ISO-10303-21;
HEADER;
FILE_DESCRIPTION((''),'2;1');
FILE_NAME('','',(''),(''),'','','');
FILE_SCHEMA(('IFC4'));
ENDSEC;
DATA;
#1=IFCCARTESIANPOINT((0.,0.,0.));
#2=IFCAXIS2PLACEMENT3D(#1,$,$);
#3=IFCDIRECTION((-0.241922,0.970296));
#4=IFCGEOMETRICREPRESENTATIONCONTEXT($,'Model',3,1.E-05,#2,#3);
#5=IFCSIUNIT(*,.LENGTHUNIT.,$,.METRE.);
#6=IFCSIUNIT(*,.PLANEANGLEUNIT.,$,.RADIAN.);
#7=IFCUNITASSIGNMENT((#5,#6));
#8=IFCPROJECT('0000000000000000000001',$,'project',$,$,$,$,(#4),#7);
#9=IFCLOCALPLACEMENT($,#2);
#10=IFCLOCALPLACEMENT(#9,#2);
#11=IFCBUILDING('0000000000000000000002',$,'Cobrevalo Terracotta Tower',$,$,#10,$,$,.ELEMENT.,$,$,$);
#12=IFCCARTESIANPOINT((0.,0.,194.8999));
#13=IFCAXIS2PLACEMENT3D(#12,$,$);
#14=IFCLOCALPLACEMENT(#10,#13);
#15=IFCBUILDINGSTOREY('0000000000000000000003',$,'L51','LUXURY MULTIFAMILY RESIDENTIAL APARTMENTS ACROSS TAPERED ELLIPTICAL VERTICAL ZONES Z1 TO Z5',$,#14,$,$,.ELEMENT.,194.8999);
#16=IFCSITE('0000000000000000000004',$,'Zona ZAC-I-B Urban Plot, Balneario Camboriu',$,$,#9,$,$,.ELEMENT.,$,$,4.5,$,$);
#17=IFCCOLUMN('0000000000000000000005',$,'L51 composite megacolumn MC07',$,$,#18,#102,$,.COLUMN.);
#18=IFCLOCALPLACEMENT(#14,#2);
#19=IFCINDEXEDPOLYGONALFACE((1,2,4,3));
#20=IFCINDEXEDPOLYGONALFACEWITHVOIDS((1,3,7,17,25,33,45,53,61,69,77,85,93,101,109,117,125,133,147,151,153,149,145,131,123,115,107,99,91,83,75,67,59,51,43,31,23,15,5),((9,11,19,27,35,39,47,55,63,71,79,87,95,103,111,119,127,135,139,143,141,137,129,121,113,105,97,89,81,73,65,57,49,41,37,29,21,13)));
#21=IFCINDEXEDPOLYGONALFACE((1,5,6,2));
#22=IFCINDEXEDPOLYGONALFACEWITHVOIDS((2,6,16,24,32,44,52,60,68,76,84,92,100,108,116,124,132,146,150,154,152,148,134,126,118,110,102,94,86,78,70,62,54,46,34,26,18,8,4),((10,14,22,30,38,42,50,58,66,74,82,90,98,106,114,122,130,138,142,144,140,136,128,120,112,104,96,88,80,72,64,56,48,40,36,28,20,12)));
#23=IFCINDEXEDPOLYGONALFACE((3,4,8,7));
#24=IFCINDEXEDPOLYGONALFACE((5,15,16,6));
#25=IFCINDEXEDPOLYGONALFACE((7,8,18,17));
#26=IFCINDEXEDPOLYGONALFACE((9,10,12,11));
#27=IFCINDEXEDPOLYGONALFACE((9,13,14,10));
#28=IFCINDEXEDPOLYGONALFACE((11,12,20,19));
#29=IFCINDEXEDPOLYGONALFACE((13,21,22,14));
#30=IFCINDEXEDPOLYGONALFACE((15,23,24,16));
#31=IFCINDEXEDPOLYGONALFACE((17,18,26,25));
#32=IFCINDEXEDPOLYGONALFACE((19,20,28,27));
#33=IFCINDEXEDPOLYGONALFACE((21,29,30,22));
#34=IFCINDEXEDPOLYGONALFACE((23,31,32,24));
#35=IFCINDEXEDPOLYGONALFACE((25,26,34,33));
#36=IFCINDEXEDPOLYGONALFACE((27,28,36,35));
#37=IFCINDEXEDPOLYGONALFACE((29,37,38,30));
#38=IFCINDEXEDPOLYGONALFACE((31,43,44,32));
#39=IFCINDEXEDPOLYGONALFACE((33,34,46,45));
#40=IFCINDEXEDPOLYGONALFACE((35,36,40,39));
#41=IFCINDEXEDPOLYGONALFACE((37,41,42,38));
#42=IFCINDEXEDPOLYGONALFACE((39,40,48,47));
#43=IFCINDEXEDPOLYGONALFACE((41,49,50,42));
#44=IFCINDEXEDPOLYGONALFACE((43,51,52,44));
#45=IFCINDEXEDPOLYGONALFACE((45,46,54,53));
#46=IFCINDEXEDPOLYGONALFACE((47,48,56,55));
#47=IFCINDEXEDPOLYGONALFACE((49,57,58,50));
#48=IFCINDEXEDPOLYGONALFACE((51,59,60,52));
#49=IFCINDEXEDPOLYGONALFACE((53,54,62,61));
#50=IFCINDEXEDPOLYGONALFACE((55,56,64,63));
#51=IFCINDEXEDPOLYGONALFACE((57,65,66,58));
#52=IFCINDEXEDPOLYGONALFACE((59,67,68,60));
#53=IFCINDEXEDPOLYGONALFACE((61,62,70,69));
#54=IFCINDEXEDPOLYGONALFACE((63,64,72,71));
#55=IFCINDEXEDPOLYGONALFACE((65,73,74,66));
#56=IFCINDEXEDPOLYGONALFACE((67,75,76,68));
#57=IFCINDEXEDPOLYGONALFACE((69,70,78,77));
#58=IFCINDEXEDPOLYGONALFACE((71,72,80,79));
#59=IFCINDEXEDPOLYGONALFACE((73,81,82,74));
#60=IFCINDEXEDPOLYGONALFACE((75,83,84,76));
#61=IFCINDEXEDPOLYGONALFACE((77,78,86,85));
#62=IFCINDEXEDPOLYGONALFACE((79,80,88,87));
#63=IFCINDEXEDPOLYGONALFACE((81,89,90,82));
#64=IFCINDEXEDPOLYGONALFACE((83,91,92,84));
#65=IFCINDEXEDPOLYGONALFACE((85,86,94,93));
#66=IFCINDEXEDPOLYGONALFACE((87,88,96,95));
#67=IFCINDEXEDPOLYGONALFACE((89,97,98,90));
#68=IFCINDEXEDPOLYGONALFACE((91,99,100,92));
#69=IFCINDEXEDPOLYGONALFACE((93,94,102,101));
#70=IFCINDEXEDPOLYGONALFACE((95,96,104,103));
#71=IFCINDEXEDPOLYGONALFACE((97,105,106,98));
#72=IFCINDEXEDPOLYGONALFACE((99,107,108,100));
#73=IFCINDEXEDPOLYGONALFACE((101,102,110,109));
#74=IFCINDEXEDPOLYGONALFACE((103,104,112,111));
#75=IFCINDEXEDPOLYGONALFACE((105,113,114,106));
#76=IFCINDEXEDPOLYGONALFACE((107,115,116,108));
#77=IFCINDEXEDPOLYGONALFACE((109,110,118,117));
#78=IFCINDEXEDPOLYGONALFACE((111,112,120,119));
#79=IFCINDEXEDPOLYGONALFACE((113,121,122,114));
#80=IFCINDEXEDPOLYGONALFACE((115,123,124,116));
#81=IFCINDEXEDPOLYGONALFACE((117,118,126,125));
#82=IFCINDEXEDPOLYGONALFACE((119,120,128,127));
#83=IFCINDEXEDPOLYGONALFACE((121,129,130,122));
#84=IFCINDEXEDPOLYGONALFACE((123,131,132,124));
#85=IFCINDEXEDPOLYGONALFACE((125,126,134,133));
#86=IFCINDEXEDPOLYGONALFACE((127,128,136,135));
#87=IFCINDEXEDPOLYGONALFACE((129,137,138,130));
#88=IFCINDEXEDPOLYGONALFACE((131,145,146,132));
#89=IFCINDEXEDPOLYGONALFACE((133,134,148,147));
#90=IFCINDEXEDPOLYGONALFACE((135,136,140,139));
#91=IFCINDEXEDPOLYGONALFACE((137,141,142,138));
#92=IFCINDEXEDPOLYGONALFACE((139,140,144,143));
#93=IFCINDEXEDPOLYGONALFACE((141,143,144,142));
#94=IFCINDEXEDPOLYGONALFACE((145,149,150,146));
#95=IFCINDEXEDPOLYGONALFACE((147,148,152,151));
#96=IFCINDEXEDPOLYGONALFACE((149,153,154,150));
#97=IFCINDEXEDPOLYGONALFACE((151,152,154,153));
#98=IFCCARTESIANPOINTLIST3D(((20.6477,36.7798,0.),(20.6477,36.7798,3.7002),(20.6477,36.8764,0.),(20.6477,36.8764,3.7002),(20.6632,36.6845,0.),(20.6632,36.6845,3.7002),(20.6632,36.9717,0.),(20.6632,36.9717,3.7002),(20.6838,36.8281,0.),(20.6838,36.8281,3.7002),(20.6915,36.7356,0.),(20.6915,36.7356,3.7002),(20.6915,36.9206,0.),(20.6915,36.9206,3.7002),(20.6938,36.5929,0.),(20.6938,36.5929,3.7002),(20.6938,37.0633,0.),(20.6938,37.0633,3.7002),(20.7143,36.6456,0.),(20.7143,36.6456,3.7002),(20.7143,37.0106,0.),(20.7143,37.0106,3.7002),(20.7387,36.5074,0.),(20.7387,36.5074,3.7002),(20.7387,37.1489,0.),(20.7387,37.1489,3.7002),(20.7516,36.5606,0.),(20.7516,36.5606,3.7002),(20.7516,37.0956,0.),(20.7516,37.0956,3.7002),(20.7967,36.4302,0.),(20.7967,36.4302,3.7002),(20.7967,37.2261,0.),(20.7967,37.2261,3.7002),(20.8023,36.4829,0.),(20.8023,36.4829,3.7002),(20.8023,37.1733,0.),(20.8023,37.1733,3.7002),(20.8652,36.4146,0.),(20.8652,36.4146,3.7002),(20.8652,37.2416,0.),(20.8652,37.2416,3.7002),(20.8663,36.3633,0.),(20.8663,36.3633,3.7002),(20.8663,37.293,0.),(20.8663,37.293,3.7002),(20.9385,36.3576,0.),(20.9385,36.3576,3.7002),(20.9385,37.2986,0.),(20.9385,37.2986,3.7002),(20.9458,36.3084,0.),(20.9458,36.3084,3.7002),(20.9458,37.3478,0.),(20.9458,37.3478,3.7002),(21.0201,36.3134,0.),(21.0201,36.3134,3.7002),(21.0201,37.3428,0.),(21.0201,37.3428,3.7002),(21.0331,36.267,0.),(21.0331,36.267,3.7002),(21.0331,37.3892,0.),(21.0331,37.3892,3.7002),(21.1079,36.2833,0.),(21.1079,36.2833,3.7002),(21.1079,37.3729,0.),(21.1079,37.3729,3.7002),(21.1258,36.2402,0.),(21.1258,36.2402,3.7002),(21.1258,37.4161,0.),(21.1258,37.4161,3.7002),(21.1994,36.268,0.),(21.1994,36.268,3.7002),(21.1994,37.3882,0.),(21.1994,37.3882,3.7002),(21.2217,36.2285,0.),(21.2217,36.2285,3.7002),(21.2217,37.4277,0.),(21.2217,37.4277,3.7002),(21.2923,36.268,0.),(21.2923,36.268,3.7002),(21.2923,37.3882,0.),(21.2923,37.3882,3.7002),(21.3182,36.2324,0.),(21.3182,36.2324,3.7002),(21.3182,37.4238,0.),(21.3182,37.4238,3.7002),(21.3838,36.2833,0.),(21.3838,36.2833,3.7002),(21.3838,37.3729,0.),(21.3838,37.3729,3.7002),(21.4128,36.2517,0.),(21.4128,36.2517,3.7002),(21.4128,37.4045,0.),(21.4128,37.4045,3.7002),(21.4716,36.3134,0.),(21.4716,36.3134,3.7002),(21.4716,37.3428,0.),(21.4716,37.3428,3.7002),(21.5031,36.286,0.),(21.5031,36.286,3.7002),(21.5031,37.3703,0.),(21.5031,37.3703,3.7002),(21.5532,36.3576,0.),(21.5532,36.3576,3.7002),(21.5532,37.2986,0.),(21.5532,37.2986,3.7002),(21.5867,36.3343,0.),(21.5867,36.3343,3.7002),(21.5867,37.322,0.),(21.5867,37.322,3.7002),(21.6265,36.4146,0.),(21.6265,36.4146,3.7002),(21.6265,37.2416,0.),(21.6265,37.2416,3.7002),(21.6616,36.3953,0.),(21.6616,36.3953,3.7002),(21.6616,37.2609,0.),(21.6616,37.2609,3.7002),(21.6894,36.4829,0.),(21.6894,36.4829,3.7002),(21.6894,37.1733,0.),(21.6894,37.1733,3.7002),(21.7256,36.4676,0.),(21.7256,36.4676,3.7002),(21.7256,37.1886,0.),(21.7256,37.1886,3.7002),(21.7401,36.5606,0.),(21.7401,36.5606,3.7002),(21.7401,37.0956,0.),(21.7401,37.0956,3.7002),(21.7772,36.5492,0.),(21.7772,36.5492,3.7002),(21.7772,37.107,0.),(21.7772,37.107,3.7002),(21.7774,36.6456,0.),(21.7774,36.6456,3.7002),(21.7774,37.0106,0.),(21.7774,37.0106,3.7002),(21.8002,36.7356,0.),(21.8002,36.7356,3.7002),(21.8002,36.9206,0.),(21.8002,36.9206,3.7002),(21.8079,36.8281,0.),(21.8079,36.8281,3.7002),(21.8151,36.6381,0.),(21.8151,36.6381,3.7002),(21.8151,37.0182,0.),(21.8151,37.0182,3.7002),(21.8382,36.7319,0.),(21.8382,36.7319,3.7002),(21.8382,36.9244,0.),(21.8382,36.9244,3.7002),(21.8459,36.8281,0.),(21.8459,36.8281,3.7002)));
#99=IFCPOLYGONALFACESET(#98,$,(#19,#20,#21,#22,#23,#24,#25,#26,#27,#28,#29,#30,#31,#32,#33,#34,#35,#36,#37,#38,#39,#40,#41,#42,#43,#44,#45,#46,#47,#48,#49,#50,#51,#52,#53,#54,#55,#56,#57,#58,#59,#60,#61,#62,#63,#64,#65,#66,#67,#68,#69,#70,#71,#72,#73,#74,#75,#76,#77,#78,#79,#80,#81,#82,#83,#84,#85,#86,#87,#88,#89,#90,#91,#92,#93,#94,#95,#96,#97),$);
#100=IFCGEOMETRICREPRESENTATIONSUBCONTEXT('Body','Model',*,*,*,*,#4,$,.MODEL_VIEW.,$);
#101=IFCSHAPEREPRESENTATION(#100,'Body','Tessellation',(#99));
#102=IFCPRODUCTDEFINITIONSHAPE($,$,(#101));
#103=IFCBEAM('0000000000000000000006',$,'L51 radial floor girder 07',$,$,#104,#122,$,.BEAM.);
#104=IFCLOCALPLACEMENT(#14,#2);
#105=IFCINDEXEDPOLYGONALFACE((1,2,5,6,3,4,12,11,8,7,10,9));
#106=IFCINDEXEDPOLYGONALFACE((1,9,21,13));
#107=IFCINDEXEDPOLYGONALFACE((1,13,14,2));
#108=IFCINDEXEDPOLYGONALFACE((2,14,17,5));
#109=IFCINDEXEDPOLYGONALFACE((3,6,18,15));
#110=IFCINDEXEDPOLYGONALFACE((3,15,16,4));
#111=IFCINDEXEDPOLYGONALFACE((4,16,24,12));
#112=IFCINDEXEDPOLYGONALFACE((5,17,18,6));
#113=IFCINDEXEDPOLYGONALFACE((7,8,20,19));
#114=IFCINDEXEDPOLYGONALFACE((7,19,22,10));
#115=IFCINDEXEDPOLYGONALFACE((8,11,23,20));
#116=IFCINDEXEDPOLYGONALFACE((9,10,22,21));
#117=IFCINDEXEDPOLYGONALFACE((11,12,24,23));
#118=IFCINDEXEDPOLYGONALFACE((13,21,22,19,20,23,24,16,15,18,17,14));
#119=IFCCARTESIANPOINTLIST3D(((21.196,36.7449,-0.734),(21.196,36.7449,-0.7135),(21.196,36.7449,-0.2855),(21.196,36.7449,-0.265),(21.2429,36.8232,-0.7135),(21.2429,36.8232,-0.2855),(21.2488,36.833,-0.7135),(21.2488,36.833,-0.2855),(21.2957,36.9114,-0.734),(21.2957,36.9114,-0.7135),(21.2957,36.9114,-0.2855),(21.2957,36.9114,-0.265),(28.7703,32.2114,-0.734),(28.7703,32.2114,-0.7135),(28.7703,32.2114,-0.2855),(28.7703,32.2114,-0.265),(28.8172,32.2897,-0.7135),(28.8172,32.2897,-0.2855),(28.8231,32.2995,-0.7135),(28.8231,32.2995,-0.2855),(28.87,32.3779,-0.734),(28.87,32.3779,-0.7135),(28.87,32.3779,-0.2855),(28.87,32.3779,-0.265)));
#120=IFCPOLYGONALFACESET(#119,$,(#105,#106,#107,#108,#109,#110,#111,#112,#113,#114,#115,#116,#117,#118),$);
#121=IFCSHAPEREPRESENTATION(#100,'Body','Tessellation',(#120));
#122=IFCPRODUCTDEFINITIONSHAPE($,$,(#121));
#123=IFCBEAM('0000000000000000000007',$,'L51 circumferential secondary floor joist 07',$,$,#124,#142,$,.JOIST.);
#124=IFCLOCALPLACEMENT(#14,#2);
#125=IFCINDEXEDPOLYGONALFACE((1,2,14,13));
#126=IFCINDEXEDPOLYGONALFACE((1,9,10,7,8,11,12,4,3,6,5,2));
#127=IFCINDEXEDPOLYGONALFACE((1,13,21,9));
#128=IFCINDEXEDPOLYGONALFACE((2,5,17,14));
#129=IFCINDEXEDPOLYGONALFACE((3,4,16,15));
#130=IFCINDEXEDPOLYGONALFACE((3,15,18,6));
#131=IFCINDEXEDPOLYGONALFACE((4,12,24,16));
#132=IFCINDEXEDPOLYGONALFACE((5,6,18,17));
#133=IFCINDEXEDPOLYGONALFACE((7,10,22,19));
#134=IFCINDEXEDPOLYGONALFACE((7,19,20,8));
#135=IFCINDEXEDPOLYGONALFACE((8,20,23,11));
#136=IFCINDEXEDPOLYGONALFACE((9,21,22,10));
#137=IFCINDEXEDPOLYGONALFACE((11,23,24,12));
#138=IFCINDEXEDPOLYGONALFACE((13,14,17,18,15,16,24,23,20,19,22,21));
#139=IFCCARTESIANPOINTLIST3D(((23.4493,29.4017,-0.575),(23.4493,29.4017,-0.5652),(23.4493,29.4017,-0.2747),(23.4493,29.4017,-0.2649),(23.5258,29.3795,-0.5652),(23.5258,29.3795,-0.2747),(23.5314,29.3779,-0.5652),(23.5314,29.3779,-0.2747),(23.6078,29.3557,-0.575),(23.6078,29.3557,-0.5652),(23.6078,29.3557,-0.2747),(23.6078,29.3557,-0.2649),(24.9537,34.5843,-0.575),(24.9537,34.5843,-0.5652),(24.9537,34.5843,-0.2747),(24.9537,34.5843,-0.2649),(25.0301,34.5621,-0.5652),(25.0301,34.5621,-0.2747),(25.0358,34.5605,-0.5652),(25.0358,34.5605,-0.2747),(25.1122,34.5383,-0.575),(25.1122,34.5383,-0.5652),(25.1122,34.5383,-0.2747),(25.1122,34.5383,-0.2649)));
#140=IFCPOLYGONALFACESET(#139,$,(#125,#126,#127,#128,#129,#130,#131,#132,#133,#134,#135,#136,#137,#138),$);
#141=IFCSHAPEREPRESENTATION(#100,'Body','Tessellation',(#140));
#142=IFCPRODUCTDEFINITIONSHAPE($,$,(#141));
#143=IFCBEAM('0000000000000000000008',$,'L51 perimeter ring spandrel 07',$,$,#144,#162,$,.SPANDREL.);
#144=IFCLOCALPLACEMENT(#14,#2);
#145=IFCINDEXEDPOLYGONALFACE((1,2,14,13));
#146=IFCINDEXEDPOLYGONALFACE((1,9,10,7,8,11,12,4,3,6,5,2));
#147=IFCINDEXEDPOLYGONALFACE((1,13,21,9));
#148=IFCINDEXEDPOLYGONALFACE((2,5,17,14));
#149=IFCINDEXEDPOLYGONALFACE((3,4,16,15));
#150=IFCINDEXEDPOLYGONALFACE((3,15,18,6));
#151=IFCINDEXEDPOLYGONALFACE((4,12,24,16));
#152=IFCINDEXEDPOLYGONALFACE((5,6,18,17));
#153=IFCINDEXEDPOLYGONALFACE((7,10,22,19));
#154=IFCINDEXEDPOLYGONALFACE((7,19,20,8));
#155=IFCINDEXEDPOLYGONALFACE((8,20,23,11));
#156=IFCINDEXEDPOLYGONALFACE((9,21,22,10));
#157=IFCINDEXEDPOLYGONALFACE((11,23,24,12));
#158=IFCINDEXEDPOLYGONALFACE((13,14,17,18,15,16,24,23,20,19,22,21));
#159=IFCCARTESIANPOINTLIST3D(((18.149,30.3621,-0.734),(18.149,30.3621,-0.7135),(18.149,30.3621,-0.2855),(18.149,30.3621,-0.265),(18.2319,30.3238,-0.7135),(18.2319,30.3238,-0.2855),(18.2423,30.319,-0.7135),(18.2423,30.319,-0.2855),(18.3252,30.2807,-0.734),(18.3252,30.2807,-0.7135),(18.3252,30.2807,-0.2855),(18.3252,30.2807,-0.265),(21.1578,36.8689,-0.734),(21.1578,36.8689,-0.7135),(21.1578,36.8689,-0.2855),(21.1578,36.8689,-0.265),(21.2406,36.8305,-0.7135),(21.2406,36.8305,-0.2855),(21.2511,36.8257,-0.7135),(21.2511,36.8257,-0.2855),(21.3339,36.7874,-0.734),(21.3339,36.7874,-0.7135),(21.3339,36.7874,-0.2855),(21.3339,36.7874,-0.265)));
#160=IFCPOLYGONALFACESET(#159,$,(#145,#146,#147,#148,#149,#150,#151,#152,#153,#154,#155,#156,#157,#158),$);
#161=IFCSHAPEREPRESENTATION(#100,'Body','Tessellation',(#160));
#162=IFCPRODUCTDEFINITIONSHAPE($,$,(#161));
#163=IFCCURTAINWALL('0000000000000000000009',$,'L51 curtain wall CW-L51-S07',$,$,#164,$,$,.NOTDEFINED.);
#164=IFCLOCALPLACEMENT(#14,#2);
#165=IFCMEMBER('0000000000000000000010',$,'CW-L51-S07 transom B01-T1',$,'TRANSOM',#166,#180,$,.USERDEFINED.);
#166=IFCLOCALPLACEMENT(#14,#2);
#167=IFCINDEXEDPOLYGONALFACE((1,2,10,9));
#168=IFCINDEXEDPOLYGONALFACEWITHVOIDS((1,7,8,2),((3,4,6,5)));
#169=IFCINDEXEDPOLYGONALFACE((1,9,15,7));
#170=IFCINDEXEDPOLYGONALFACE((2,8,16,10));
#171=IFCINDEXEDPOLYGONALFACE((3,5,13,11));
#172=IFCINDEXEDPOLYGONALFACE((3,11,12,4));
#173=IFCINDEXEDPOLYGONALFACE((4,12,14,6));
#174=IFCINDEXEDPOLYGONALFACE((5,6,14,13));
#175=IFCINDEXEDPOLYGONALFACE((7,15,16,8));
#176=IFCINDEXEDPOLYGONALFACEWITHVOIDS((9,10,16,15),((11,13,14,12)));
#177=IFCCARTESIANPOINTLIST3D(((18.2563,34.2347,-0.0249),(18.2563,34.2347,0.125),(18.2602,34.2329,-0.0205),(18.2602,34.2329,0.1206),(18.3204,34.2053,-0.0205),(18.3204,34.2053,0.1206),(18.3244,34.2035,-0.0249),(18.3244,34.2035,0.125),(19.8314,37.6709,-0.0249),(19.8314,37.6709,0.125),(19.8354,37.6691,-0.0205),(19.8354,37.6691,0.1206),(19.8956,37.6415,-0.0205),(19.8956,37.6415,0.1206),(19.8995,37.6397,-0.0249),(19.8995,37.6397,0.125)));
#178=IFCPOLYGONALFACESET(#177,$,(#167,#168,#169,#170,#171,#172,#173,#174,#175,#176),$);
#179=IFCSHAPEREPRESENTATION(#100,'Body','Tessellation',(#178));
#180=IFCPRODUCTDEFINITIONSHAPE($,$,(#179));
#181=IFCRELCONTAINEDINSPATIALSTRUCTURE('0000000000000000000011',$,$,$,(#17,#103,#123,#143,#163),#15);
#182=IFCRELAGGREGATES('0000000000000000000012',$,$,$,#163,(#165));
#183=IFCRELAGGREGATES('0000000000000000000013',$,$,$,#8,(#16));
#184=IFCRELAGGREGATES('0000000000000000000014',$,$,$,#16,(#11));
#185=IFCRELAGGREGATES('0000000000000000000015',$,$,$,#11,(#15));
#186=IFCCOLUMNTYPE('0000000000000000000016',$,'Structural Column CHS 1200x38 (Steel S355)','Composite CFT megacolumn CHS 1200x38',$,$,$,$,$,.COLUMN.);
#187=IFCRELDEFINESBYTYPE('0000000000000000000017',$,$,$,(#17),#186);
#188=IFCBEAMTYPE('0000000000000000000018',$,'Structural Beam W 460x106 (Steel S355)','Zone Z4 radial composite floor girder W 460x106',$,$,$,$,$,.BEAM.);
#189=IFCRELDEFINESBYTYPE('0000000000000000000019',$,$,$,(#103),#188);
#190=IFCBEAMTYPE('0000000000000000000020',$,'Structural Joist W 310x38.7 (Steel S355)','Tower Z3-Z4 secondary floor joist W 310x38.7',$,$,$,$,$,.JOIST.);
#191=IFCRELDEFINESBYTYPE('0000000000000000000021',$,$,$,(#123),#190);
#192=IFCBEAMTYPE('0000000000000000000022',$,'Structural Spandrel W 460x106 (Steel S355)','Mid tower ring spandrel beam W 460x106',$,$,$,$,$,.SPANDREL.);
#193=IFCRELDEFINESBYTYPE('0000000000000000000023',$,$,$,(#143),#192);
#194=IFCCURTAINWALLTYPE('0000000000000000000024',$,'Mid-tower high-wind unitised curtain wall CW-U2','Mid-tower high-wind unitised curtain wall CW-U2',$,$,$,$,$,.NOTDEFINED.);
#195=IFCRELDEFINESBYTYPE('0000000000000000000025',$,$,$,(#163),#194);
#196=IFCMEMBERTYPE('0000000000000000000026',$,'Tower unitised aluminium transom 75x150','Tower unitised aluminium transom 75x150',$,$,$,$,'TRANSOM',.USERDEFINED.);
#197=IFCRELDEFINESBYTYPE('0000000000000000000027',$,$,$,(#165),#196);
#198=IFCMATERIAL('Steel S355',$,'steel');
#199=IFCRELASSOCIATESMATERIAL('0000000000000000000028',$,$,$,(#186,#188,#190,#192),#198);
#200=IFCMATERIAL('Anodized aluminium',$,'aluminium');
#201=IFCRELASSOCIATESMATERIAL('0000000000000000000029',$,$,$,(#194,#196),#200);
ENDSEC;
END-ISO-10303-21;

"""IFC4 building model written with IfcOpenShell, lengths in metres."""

from ifc_helpers import new_model, si_unit, direction, frame, origin, origin_2d, place, context, subcontext, project, spatial, hollow_rectangle, hollow_circle, i_section, extrude, source, transform, mapped, material, material_profile, profile_set, type_object, element, aggregate, save


model = new_model("IFC4")

# Units and contexts
model_context = context("Model", 3, precision=1e-05, world=origin(), true_north=direction((-0.241922, 0.970296)))
body_context = subcontext(model_context, "Body", "Model", "MODEL_VIEW")
ifc_project = project(units=[si_unit("LENGTHUNIT", "METRE"), si_unit("PLANEANGLEUNIT", "RADIAN")], contexts=[model_context])

# Site, building, storey
site_placement = place(None, origin())
site = spatial("IfcSite", under=ifc_project, at=site_placement, Name="Zona ZAC-I-B Urban Plot, Balneario Camboriu", CompositionType="ELEMENT", RefElevation=4.5)
building_placement = place(site_placement, origin())
building = spatial("IfcBuilding", under=site, at=building_placement, Name="Cobrevalo Terracotta Tower", CompositionType="ELEMENT")
storey_placement = place(building_placement, frame((0.0, 0.0, 194.8999)))
storey = spatial("IfcBuildingStorey", under=building, at=storey_placement, Name="L51", Description="LUXURY MULTIFAMILY RESIDENTIAL APARTMENTS ACROSS TAPERED ELLIPTICAL VERTICAL ZONES Z1 TO Z5", CompositionType="ELEMENT", Elevation=194.8999)

# Column
ifc_material_1 = material(Name="Steel S355", Category="steel")
ifc_material_profile_1 = material_profile(ifc_material_1, hollow_circle(Radius=0.6001, WallThickness=0.0381, at=origin_2d()), Name="CHS 1200x38")
ifc_profile_set_1 = profile_set([ifc_material_profile_1], Name="Steel S355")
column_type = type_object("IfcColumnType", Name="Structural Column CHS 1200x38 (Steel S355)", Description="Composite CFT megacolumn CHS 1200x38", PredefinedType="COLUMN", material=ifc_profile_set_1)
column_placement = place(storey_placement, frame((21.2458, 36.8281, 0.0), z_axis=(0.0, 0.0, 1.0), x_axis=(1.0, 0.0, 0.0)))
element("IfcColumn", 1, at=column_placement, inside=storey, type_object=column_type, Name="L51 composite megacolumn MC07", PredefinedType="COLUMN", context=body_context, shape_type="SweptSolid", body=[
    extrude(hollow_circle(Radius=0.6001, WallThickness=0.0381, at=origin_2d()), origin(), (0.0, 0.0, 1.0), 3.7002),
])

# Beams
ifc_material_profile_2 = material_profile(ifc_material_1, i_section(OverallWidth=0.1941, OverallDepth=0.469, WebThickness=0.0115, FlangeThickness=0.0205, at=origin_2d()), Name="W 460x106")
ifc_profile_set_2 = profile_set([ifc_material_profile_2], Name="Steel S355")
beam_type_1 = type_object("IfcBeamType", Name="Structural Beam W 460x106 (Steel S355)", Description="Zone Z4 radial composite floor girder W 460x106", PredefinedType="BEAM", material=ifc_profile_set_2)
beam_1_placement = place(storey_placement, frame((21.2458, 36.8281, -0.4995), z_axis=(0.858046, -0.513572, 0.0), x_axis=(0.513572, 0.858046, 0.0)))
element("IfcBeam", 2, at=beam_1_placement, inside=storey, type_object=beam_type_1, Name="L51 radial floor girder 07", PredefinedType="BEAM", context=body_context, shape_type="SweptSolid", body=[
    extrude(i_section(OverallWidth=0.1941, OverallDepth=0.469, WebThickness=0.0115, FlangeThickness=0.0205, at=origin_2d()), origin(), (0.0, 0.0, 1.0), 8.8274),
])
ifc_material_profile_3 = material_profile(ifc_material_1, i_section(OverallWidth=0.165, OverallDepth=0.3101, WebThickness=0.0059, FlangeThickness=0.0098, at=origin_2d()), Name="W 310x38.7")
ifc_profile_set_3 = profile_set([ifc_material_profile_3], Name="Steel S355")
beam_type_2 = type_object("IfcBeamType", Name="Structural Joist W 310x38.7 (Steel S355)", Description="Tower Z3-Z4 secondary floor joist W 310x38.7", PredefinedType="JOIST", material=ifc_profile_set_3)
beam_2_placement = place(storey_placement, frame((25.033, 34.5613, -0.4199), z_axis=(-0.27877, -0.960358, 0.0), x_axis=(0.960358, -0.27877, 0.0)))
element("IfcBeam", 3, at=beam_2_placement, inside=storey, type_object=beam_type_2, Name="L51 circumferential secondary floor joist 07", PredefinedType="JOIST", context=body_context, shape_type="SweptSolid", body=[
    extrude(i_section(OverallWidth=0.165, OverallDepth=0.3101, WebThickness=0.0059, FlangeThickness=0.0098, at=origin_2d()), origin(), (0.0, 0.0, 1.0), 5.3965),
])
ifc_material_profile_4 = material_profile(ifc_material_1, i_section(OverallWidth=0.1941, OverallDepth=0.469, WebThickness=0.0115, FlangeThickness=0.0205, at=origin_2d()), Name="W 460x106")
ifc_profile_set_4 = profile_set([ifc_material_profile_4], Name="Steel S355")
beam_type_3 = type_object("IfcBeamType", Name="Structural Spandrel W 460x106 (Steel S355)", Description="Mid tower ring spandrel beam W 460x106", PredefinedType="SPANDREL", material=ifc_profile_set_4)
beam_3_placement = place(storey_placement, frame((21.2458, 36.8281, -0.4995), z_axis=(-0.419706, -0.90766, 0.0), x_axis=(0.90766, -0.419706, 0.0)))
element("IfcBeam", 4, at=beam_3_placement, inside=storey, type_object=beam_type_3, Name="L51 perimeter ring spandrel 07", PredefinedType="SPANDREL", context=body_context, shape_type="SweptSolid", body=[
    extrude(i_section(OverallWidth=0.1941, OverallDepth=0.469, WebThickness=0.0115, FlangeThickness=0.0205, at=origin_2d()), origin(), (0.0, 0.0, 1.0), 7.1687),
])

# Curtain wall, member
ifc_material_2 = material(Name="Anodized aluminium", Category="aluminium")
curtain_wall_type = type_object("IfcCurtainWallType", Name="Mid-tower high-wind unitised curtain wall CW-U2", Description="Mid-tower high-wind unitised curtain wall CW-U2", PredefinedType="NOTDEFINED", material=ifc_material_2)
curtain_wall_1_placement = place(storey_placement, origin())
curtain_wall_1 = element("IfcCurtainWall", 5, at=curtain_wall_1_placement, inside=storey, type_object=curtain_wall_type, Name="L51 curtain wall CW-L51-S07", PredefinedType="NOTDEFINED")
ifc_material_profile_5 = material_profile(ifc_material_2, hollow_rectangle(XDim=0.075, YDim=0.1499, WallThickness=0.0044, at=origin_2d()), Name="CWT 75x150")
ifc_profile_set_5 = profile_set([ifc_material_profile_5], Name="Anodized aluminium")
member_type_1 = type_object("IfcMemberType", Name="Tower unitised aluminium transom 75x150", Description="Tower unitised aluminium transom 75x150", ElementType="TRANSOM", PredefinedType="USERDEFINED", material=ifc_profile_set_5)
shared_shape_1 = source(origin(), body_context, "Body", "SweptSolid", [
    extrude(hollow_rectangle(XDim=0.075, YDim=0.1499, WallThickness=0.0044, at=origin_2d()), origin(), (0.0, 0.0, 1.0), 3.78),
])
member_1_placement = place(storey_placement, frame((19.8655, 37.6553, 0.05), z_axis=(-0.416706, -0.909041, 0.0), x_axis=(0.909041, -0.416706, 0.0)))
member_1 = element("IfcMember", 6, at=member_1_placement, type_object=member_type_1, Name="CW-L51-S07 transom B01-T1", ObjectType="TRANSOM", PredefinedType="USERDEFINED", context=body_context, shape_type="MappedRepresentation", body=[
    mapped(shared_shape_1, transform((0.0, 0.0, 0.0), scale=1.0)),
])

aggregate(curtain_wall_1, [member_1])

save(model, "model.ifc")
